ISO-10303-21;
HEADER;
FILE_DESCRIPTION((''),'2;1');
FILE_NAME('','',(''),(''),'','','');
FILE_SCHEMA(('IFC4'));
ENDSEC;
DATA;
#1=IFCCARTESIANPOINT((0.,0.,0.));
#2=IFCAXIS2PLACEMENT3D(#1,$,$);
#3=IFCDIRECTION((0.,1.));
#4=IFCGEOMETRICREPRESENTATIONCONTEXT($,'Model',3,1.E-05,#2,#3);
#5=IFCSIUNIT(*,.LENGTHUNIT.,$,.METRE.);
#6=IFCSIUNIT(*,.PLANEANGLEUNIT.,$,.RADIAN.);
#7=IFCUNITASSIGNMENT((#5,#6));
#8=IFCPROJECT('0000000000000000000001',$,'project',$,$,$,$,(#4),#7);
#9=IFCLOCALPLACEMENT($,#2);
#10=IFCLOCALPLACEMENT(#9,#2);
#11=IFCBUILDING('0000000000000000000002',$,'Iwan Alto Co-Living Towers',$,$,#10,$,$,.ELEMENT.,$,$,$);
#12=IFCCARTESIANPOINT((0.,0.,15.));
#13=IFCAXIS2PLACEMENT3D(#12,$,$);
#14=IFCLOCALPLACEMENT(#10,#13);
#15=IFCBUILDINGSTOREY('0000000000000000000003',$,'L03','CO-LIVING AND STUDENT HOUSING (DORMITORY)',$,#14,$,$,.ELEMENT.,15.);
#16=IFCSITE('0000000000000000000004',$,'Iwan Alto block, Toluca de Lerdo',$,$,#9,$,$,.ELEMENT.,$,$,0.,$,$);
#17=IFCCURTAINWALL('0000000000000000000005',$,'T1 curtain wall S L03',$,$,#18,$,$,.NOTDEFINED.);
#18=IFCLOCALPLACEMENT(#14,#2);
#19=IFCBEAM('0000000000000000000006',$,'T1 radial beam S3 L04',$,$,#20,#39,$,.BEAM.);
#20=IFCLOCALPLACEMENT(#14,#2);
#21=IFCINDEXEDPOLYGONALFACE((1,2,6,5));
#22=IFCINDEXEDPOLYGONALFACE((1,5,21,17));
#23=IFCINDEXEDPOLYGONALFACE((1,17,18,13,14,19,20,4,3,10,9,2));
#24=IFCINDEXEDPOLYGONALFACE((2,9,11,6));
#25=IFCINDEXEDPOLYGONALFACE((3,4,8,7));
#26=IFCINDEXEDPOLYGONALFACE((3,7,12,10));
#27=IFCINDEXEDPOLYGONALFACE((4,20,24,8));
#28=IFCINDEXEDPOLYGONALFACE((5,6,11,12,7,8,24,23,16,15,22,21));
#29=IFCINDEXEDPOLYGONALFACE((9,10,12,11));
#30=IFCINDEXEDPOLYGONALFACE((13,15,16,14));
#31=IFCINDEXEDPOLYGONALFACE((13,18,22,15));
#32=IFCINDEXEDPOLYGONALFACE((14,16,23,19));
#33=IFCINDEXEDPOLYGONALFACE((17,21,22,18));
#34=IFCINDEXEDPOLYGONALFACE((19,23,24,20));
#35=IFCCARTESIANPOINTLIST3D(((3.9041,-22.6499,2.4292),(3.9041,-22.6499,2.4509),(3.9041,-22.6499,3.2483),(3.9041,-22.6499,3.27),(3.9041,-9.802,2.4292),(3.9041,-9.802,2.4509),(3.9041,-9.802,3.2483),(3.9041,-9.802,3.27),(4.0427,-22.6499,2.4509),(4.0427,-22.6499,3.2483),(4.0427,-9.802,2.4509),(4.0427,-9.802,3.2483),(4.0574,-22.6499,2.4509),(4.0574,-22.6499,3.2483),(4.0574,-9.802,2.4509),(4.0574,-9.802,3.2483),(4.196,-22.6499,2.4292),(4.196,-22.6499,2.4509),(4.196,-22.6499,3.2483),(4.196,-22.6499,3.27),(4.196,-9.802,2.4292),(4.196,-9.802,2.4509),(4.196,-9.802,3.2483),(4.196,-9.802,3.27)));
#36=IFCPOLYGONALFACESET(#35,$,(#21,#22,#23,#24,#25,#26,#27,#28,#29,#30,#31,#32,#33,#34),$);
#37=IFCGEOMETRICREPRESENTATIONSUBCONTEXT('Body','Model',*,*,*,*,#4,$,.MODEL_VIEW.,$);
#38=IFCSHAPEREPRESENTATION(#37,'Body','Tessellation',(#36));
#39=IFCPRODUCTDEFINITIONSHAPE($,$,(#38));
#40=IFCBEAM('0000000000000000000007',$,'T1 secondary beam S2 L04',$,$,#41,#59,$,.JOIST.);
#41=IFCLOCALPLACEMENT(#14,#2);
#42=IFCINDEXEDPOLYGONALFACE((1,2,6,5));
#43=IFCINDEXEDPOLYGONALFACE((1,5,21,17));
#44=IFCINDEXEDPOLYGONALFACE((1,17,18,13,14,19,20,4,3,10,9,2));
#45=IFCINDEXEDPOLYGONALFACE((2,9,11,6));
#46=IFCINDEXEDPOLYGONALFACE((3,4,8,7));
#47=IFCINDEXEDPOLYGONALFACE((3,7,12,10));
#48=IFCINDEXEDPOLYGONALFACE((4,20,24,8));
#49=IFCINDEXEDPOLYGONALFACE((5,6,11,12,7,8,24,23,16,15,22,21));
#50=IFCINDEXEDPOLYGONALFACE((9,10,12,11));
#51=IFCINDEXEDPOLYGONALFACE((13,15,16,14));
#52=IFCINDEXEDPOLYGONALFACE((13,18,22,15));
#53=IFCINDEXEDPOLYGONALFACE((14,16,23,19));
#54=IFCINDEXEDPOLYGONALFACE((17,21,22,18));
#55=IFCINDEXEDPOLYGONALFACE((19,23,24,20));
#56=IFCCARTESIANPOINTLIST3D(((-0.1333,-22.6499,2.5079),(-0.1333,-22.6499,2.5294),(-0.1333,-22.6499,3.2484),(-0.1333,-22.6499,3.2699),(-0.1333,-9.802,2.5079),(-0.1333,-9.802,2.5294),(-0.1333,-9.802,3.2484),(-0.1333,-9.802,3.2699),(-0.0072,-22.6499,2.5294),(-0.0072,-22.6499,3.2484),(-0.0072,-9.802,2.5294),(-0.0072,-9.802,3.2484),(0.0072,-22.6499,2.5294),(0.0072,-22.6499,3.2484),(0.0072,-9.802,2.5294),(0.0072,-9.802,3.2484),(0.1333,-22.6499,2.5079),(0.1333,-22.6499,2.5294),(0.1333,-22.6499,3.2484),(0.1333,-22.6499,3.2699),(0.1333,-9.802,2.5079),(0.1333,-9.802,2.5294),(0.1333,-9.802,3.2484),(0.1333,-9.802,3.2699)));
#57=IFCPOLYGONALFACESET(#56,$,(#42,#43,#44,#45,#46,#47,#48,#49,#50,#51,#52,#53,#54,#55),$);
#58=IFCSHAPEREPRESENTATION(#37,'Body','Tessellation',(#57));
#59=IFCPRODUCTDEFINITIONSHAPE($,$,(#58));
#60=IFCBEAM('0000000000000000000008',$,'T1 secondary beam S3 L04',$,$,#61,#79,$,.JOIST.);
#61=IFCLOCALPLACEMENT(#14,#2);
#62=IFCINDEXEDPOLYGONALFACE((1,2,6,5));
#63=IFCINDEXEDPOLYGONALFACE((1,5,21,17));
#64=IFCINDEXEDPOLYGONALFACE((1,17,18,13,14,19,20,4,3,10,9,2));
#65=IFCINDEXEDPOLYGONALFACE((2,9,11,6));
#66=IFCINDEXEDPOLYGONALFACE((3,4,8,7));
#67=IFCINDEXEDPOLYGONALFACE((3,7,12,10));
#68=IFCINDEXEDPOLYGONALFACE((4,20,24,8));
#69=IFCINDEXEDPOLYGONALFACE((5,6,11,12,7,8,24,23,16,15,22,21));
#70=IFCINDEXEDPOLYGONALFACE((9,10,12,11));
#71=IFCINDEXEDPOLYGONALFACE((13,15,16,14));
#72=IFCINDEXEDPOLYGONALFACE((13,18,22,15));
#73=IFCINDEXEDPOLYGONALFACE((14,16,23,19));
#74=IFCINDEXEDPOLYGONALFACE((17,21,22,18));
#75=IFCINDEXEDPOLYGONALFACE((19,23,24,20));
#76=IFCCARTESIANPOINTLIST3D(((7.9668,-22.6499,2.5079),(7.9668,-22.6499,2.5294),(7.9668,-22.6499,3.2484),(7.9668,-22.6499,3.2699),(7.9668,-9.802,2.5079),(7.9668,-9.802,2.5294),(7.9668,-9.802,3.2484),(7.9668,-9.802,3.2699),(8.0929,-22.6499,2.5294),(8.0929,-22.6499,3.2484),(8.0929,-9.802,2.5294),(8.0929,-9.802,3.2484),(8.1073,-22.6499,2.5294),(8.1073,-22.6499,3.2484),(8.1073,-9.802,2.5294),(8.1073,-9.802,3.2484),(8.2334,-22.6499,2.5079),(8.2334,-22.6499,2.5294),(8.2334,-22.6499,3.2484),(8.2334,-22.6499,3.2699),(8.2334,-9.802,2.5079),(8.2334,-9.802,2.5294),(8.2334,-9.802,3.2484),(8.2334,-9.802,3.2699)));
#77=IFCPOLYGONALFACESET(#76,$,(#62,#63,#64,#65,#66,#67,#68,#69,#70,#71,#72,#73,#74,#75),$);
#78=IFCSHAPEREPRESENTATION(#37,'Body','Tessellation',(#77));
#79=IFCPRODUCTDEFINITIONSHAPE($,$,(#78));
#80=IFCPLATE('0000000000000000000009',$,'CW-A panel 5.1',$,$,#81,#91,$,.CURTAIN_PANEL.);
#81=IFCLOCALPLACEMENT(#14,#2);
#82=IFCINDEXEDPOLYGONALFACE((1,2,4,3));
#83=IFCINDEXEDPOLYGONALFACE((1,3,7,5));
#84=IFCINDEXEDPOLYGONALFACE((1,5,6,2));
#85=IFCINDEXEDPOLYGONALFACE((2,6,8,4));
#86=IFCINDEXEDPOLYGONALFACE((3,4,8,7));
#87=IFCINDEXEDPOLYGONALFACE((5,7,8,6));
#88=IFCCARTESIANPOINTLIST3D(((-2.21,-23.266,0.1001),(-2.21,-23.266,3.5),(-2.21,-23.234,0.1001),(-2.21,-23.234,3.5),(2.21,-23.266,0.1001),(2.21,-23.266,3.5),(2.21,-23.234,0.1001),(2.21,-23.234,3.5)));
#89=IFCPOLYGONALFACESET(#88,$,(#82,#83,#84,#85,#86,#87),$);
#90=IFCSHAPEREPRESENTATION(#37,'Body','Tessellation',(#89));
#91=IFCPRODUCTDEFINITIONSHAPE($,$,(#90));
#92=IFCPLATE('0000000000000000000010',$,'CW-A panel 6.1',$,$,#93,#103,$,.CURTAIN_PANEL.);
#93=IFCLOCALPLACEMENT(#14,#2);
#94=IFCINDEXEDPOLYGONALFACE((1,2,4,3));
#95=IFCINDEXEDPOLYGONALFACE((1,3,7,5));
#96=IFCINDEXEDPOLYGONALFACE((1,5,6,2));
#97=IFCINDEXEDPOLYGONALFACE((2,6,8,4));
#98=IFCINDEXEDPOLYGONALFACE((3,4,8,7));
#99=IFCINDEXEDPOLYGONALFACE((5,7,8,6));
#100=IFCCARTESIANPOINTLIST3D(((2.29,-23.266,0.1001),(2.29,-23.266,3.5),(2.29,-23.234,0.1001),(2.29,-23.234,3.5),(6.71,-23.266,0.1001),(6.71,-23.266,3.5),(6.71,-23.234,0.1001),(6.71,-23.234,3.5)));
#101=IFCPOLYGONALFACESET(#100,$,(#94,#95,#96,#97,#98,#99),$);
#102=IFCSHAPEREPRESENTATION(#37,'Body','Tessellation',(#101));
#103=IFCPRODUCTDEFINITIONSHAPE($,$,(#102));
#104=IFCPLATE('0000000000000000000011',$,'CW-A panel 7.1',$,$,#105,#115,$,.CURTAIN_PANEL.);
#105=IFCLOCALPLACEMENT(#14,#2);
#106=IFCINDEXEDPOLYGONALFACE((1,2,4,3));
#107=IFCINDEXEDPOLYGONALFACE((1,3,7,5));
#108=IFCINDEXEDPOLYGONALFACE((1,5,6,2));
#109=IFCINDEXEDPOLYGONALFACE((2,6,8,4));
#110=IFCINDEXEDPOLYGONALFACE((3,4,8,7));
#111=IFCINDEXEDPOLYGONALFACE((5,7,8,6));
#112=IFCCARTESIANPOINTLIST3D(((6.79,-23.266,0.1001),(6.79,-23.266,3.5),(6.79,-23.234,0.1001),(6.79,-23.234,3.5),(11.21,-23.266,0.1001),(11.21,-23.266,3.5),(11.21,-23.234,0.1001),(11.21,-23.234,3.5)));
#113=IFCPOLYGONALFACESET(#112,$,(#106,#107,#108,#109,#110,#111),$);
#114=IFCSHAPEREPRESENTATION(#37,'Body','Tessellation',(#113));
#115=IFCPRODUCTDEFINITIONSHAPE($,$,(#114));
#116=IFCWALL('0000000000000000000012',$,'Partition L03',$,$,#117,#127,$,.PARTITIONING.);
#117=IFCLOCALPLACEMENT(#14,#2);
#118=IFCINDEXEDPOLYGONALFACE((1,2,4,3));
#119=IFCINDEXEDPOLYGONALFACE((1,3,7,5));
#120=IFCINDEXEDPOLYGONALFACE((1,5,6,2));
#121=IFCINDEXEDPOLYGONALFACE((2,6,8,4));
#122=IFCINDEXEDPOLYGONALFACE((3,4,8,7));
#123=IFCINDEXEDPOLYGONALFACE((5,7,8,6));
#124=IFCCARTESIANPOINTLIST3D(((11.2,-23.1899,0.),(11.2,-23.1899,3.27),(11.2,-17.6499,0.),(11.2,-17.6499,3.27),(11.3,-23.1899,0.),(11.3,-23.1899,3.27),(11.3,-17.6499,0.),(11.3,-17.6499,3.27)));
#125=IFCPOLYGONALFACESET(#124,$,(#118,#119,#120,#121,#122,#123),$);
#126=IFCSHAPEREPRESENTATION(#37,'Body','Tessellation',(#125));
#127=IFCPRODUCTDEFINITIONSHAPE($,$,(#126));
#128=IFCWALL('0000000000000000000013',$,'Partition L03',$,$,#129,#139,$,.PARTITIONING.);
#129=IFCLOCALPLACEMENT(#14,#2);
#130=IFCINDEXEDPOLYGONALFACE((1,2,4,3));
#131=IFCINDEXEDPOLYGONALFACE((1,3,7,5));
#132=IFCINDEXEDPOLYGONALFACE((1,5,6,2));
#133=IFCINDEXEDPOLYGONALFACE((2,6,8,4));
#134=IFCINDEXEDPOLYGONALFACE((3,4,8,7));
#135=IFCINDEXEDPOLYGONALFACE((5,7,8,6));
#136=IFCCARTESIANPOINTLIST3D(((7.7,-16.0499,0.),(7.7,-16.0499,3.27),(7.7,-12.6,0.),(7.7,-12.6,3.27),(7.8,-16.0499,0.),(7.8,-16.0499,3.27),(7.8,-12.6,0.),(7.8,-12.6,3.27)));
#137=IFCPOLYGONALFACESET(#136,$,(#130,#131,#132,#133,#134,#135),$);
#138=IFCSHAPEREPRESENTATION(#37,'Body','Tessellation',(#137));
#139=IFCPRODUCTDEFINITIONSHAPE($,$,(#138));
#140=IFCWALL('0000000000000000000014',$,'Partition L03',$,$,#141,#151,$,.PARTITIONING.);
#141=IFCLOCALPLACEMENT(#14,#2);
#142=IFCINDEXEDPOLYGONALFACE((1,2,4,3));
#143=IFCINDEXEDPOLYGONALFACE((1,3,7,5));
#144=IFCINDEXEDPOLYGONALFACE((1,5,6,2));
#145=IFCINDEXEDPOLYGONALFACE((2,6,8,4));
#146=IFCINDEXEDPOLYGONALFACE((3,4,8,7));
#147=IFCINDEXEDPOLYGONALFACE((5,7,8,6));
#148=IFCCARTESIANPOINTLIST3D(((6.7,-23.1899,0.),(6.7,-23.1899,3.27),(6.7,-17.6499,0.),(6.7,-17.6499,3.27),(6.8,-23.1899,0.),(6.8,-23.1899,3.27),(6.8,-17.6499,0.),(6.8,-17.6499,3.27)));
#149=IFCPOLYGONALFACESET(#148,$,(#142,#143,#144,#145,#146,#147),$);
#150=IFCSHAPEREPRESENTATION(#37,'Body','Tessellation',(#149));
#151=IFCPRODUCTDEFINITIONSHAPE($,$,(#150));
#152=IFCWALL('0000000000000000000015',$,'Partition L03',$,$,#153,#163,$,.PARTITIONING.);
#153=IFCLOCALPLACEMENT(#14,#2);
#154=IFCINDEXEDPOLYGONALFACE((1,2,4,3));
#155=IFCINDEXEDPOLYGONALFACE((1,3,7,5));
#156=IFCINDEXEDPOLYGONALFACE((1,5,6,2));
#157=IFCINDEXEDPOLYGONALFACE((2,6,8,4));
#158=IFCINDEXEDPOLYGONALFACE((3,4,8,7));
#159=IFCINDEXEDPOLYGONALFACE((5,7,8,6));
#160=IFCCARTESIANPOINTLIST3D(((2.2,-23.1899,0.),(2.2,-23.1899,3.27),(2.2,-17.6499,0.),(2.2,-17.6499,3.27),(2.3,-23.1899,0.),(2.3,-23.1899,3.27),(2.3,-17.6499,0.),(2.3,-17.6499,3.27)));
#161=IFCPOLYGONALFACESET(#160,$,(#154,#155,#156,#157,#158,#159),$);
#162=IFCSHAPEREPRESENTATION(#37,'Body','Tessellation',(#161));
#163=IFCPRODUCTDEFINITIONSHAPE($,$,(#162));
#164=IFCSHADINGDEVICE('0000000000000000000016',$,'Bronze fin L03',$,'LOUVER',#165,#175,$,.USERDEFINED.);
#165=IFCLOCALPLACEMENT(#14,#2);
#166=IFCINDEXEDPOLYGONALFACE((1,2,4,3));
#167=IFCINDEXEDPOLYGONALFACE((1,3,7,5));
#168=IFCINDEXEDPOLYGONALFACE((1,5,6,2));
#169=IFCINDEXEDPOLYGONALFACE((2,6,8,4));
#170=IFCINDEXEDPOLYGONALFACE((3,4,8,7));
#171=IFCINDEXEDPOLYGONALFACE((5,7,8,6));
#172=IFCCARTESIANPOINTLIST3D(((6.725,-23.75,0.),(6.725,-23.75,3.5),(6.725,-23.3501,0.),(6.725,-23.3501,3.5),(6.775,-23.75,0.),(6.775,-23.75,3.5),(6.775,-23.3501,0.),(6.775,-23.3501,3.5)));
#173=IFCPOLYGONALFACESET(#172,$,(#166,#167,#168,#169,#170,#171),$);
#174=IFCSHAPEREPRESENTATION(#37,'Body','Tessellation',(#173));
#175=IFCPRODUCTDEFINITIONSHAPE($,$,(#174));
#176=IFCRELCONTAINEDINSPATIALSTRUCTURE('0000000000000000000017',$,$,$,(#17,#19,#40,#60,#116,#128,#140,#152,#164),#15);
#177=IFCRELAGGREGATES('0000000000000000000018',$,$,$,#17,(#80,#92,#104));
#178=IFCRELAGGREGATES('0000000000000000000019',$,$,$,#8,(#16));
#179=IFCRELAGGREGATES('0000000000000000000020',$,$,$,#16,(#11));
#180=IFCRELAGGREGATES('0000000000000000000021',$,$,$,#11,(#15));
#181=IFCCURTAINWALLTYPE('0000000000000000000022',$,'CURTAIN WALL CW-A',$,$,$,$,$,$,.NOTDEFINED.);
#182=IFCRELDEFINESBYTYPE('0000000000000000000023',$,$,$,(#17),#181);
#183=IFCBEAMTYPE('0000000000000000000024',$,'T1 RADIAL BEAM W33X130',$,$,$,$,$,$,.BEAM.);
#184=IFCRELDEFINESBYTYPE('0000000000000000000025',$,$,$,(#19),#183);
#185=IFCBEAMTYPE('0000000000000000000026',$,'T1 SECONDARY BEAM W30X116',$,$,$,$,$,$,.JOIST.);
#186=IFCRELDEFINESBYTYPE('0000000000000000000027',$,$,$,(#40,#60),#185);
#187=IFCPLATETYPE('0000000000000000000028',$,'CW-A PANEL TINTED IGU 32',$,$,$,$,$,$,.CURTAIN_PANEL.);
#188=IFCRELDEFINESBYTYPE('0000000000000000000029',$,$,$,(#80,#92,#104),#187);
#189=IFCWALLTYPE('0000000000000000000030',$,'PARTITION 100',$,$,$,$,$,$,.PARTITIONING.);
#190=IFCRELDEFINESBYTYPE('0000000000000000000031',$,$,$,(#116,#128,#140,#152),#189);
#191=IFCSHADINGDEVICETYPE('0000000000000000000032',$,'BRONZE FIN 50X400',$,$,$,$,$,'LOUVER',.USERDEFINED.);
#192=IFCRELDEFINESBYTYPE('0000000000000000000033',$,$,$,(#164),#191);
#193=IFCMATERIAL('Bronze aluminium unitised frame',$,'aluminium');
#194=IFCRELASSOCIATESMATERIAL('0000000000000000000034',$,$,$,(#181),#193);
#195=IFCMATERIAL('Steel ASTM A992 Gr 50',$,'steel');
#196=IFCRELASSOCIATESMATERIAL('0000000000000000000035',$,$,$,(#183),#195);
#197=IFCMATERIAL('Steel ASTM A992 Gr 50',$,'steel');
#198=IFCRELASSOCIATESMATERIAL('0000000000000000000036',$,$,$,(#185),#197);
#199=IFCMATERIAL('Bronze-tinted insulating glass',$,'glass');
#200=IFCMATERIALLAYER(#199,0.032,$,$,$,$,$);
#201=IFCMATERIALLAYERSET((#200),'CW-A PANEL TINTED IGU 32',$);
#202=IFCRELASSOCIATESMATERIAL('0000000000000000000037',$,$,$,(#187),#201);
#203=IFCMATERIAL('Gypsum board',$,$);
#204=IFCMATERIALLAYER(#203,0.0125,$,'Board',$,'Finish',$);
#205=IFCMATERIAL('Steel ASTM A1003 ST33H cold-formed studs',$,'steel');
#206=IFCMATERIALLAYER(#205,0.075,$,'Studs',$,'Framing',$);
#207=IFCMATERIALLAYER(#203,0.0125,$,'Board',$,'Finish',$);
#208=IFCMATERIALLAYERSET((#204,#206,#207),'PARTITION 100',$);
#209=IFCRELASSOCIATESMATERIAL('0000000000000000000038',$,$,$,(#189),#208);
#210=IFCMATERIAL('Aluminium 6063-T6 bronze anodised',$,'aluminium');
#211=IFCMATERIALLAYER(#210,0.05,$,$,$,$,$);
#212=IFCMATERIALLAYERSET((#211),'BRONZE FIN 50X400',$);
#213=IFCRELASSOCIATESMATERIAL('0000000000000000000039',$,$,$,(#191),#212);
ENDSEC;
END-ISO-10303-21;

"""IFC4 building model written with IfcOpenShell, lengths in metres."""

from ifc_helpers import new_model, si_unit, direction, frame, frame_2d, origin, origin_2d, place, context, subcontext, project, spatial, rectangle, i_section, extrude, material, layer, layer_set, material_profile, profile_set, type_object, element, aggregate, save


model = new_model("IFC4")

# Units and contexts
model_context = context("Model", 3, precision=1e-05, world=origin(), true_north=direction((0.0, 1.0)))
body_context = subcontext(model_context, "Body", "Model", "MODEL_VIEW")
ifc_project = project(units=[si_unit("LENGTHUNIT", "METRE"), si_unit("PLANEANGLEUNIT", "RADIAN")], contexts=[model_context])

# Site, building, storey
site_placement = place(None, origin())
site = spatial("IfcSite", under=ifc_project, at=site_placement, Name="Iwan Alto block, Toluca de Lerdo", CompositionType="ELEMENT", RefElevation=0.0)
building_placement = place(site_placement, origin())
building = spatial("IfcBuilding", under=site, at=building_placement, Name="Iwan Alto Co-Living Towers", CompositionType="ELEMENT")
storey_placement = place(building_placement, frame((0.0, 0.0, 15.0)))
storey = spatial("IfcBuildingStorey", under=building, at=storey_placement, Name="L03", Description="CO-LIVING AND STUDENT HOUSING (DORMITORY)", CompositionType="ELEMENT", Elevation=15.0)

# Curtain wall
ifc_material_1 = material(Name="Bronze aluminium unitised frame", Category="aluminium")
curtain_wall_type = type_object("IfcCurtainWallType", Name="CURTAIN WALL CW-A", PredefinedType="NOTDEFINED", material=ifc_material_1)
curtain_wall_placement = place(storey_placement, origin())
curtain_wall = element("IfcCurtainWall", 1, at=curtain_wall_placement, inside=storey, type_object=curtain_wall_type, Name="T1 curtain wall S L03", PredefinedType="NOTDEFINED")

# Beams
ifc_material_2 = material(Name="Steel ASTM A992 Gr 50", Category="steel")
ifc_material_profile_1 = material_profile(ifc_material_2, i_section(OverallWidth=0.292, OverallDepth=0.8408, WebThickness=0.0146, FlangeThickness=0.0217, at=origin_2d()), Name="W33X130")
ifc_profile_set_1 = profile_set([ifc_material_profile_1], Name="Steel ASTM A992 Gr 50")
beam_type_1 = type_object("IfcBeamType", Name="T1 RADIAL BEAM W33X130", PredefinedType="BEAM", material=ifc_profile_set_1)
beam_1_placement = place(storey_placement, frame((4.05, -22.6499, 2.8496), z_axis=(0.0, 1.0, 0.0), x_axis=(-1.0, 0.0, 0.0)))
element("IfcBeam", 2, at=beam_1_placement, inside=storey, type_object=beam_type_1, Name="T1 radial beam S3 L04", PredefinedType="BEAM", context=body_context, shape_type="SweptSolid", body=[
    extrude(i_section(OverallWidth=0.292, OverallDepth=0.8408, WebThickness=0.0146, FlangeThickness=0.0217, at=origin_2d()), origin(), (0.0, 0.0, 1.0), 12.8479),
])
ifc_material_3 = material(Name="Steel ASTM A992 Gr 50", Category="steel")
ifc_material_profile_2 = material_profile(ifc_material_3, i_section(OverallWidth=0.2666, OverallDepth=0.762, WebThickness=0.0144, FlangeThickness=0.0215, at=origin_2d()), Name="W30X116")
ifc_profile_set_2 = profile_set([ifc_material_profile_2], Name="Steel ASTM A992 Gr 50")
beam_type_2 = type_object("IfcBeamType", Name="T1 SECONDARY BEAM W30X116", PredefinedType="JOIST", material=ifc_profile_set_2)
for number, where, z_axis, x_axis, name in (
    (3, (0.0, -22.6499, 2.8889), (0.0, 1.0, 0.0), (-1.0, 0.0, 0.0), "T1 secondary beam S2 L04"),
    (4, (8.1001, -22.6499, 2.8889), (0.0, 1.0, 0.0), (-1.0, 0.0, 0.0), "T1 secondary beam S3 L04"),
):
    element("IfcBeam", number, at=place(storey_placement, frame(where, z_axis=z_axis, x_axis=x_axis)), inside=storey, type_object=beam_type_2, Name=name, PredefinedType="JOIST", context=body_context, shape_type="SweptSolid", body=[
        extrude(i_section(OverallWidth=0.2666, OverallDepth=0.762, WebThickness=0.0144, FlangeThickness=0.0215, at=origin_2d()), origin(), (0.0, 0.0, 1.0), 12.8479),
    ])

# Plates
ifc_material_4 = material(Name="Bronze-tinted insulating glass", Category="glass")
ifc_layer_1 = layer(ifc_material_4, 0.032)
ifc_layer_set_1 = layer_set([ifc_layer_1], Name="CW-A PANEL TINTED IGU 32")
plate_type = type_object("IfcPlateType", Name="CW-A PANEL TINTED IGU 32", PredefinedType="CURTAIN_PANEL", material=ifc_layer_set_1)
plate_1_placement = place(storey_placement, frame((0.0, -23.25, 0.1001), z_axis=(0.0, 0.0, 1.0), x_axis=(1.0, 0.0, 0.0)))
plate_1 = element("IfcPlate", 5, at=plate_1_placement, type_object=plate_type, Name="CW-A panel 5.1", PredefinedType="CURTAIN_PANEL", context=body_context, shape_type="SweptSolid", body=[
    extrude(rectangle(XDim=4.4199, YDim=0.032, at=origin_2d()), origin(), (0.0, 0.0, 1.0), 3.3999),
])
plate_2_placement = place(storey_placement, frame((4.5, -23.25, 0.1001), z_axis=(0.0, 0.0, 1.0), x_axis=(1.0, 0.0, 0.0)))
plate_2 = element("IfcPlate", 6, at=plate_2_placement, type_object=plate_type, Name="CW-A panel 6.1", PredefinedType="CURTAIN_PANEL", context=body_context, shape_type="SweptSolid", body=[
    extrude(rectangle(XDim=4.4199, YDim=0.032, at=origin_2d()), origin(), (0.0, 0.0, 1.0), 3.3999),
])
plate_3_placement = place(storey_placement, frame((9.0, -23.25, 0.1001), z_axis=(0.0, 0.0, 1.0), x_axis=(1.0, 0.0, 0.0)))
plate_3 = element("IfcPlate", 7, at=plate_3_placement, type_object=plate_type, Name="CW-A panel 7.1", PredefinedType="CURTAIN_PANEL", context=body_context, shape_type="SweptSolid", body=[
    extrude(rectangle(XDim=4.4199, YDim=0.032, at=origin_2d()), origin(), (0.0, 0.0, 1.0), 3.3999),
])
aggregate(curtain_wall, [plate_1, plate_2, plate_3])

# Walls
ifc_material_5 = material(Name="Gypsum board")
ifc_layer_2 = layer(ifc_material_5, 0.0125, Name="Board", Category="Finish")
ifc_material_6 = material(Name="Steel ASTM A1003 ST33H cold-formed studs", Category="steel")
ifc_layer_3 = layer(ifc_material_6, 0.075, Name="Studs", Category="Framing")
ifc_layer_4 = layer(ifc_material_5, 0.0125, Name="Board", Category="Finish")
ifc_layer_set_2 = layer_set([ifc_layer_2, ifc_layer_3, ifc_layer_4], Name="PARTITION 100")
wall_type = type_object("IfcWallType", Name="PARTITION 100", PredefinedType="PARTITIONING", material=ifc_layer_set_2)
wall_1_placement = place(storey_placement, frame((11.25, -23.1899, 0.0), z_axis=(0.0, 0.0, 1.0), x_axis=(0.0, 1.0, 0.0)))
element("IfcWall", 8, at=wall_1_placement, inside=storey, type_object=wall_type, Name="Partition L03", PredefinedType="PARTITIONING", context=body_context, shape_type="SweptSolid", body=[
    extrude(rectangle(XDim=5.54, YDim=0.1001, at=frame_2d((2.77, 0.0))), origin(), (0.0, 0.0, 1.0), 3.27),
])
wall_2_placement = place(storey_placement, frame((7.75, -16.05, 0.0), z_axis=(0.0, 0.0, 1.0), x_axis=(0.0, 1.0, 0.0)))
element("IfcWall", 9, at=wall_2_placement, inside=storey, type_object=wall_type, Name="Partition L03", PredefinedType="PARTITIONING", context=body_context, shape_type="SweptSolid", body=[
    extrude(rectangle(XDim=3.45, YDim=0.1001, at=frame_2d((1.7251, 0.0))), origin(), (0.0, 0.0, 1.0), 3.27),
])
for number, where, z_axis, x_axis, name in (
    (10, (6.75, -23.1899, 0.0), (0.0, 0.0, 1.0), (0.0, 1.0, 0.0), "Partition L03"),
    (11, (2.25, -23.1899, 0.0), (0.0, 0.0, 1.0), (0.0, 1.0, 0.0), "Partition L03"),
):
    element("IfcWall", number, at=place(storey_placement, frame(where, z_axis=z_axis, x_axis=x_axis)), inside=storey, type_object=wall_type, Name=name, PredefinedType="PARTITIONING", context=body_context, shape_type="SweptSolid", body=[
        extrude(rectangle(XDim=5.54, YDim=0.1001, at=frame_2d((2.77, 0.0))), origin(), (0.0, 0.0, 1.0), 3.27),
    ])

# Shading device
ifc_material_7 = material(Name="Aluminium 6063-T6 bronze anodised", Category="aluminium")
ifc_layer_5 = layer(ifc_material_7, 0.05)
ifc_layer_set_3 = layer_set([ifc_layer_5], Name="BRONZE FIN 50X400")
shading_device_type = type_object("IfcShadingDeviceType", Name="BRONZE FIN 50X400", ElementType="LOUVER", PredefinedType="USERDEFINED", material=ifc_layer_set_3)
shading_device_placement = place(storey_placement, frame((6.75, -23.55, 0.0), z_axis=(0.0, 0.0, 1.0), x_axis=(1.0, 0.0, 0.0)))
element("IfcShadingDevice", 12, at=shading_device_placement, inside=storey, type_object=shading_device_type, Name="Bronze fin L03", ObjectType="LOUVER", PredefinedType="USERDEFINED", context=body_context, shape_type="SweptSolid", body=[
    extrude(rectangle(XDim=0.05, YDim=0.3999, at=origin_2d()), origin(), (0.0, 0.0, 1.0), 3.5),
])

save(model, "model.ifc")
